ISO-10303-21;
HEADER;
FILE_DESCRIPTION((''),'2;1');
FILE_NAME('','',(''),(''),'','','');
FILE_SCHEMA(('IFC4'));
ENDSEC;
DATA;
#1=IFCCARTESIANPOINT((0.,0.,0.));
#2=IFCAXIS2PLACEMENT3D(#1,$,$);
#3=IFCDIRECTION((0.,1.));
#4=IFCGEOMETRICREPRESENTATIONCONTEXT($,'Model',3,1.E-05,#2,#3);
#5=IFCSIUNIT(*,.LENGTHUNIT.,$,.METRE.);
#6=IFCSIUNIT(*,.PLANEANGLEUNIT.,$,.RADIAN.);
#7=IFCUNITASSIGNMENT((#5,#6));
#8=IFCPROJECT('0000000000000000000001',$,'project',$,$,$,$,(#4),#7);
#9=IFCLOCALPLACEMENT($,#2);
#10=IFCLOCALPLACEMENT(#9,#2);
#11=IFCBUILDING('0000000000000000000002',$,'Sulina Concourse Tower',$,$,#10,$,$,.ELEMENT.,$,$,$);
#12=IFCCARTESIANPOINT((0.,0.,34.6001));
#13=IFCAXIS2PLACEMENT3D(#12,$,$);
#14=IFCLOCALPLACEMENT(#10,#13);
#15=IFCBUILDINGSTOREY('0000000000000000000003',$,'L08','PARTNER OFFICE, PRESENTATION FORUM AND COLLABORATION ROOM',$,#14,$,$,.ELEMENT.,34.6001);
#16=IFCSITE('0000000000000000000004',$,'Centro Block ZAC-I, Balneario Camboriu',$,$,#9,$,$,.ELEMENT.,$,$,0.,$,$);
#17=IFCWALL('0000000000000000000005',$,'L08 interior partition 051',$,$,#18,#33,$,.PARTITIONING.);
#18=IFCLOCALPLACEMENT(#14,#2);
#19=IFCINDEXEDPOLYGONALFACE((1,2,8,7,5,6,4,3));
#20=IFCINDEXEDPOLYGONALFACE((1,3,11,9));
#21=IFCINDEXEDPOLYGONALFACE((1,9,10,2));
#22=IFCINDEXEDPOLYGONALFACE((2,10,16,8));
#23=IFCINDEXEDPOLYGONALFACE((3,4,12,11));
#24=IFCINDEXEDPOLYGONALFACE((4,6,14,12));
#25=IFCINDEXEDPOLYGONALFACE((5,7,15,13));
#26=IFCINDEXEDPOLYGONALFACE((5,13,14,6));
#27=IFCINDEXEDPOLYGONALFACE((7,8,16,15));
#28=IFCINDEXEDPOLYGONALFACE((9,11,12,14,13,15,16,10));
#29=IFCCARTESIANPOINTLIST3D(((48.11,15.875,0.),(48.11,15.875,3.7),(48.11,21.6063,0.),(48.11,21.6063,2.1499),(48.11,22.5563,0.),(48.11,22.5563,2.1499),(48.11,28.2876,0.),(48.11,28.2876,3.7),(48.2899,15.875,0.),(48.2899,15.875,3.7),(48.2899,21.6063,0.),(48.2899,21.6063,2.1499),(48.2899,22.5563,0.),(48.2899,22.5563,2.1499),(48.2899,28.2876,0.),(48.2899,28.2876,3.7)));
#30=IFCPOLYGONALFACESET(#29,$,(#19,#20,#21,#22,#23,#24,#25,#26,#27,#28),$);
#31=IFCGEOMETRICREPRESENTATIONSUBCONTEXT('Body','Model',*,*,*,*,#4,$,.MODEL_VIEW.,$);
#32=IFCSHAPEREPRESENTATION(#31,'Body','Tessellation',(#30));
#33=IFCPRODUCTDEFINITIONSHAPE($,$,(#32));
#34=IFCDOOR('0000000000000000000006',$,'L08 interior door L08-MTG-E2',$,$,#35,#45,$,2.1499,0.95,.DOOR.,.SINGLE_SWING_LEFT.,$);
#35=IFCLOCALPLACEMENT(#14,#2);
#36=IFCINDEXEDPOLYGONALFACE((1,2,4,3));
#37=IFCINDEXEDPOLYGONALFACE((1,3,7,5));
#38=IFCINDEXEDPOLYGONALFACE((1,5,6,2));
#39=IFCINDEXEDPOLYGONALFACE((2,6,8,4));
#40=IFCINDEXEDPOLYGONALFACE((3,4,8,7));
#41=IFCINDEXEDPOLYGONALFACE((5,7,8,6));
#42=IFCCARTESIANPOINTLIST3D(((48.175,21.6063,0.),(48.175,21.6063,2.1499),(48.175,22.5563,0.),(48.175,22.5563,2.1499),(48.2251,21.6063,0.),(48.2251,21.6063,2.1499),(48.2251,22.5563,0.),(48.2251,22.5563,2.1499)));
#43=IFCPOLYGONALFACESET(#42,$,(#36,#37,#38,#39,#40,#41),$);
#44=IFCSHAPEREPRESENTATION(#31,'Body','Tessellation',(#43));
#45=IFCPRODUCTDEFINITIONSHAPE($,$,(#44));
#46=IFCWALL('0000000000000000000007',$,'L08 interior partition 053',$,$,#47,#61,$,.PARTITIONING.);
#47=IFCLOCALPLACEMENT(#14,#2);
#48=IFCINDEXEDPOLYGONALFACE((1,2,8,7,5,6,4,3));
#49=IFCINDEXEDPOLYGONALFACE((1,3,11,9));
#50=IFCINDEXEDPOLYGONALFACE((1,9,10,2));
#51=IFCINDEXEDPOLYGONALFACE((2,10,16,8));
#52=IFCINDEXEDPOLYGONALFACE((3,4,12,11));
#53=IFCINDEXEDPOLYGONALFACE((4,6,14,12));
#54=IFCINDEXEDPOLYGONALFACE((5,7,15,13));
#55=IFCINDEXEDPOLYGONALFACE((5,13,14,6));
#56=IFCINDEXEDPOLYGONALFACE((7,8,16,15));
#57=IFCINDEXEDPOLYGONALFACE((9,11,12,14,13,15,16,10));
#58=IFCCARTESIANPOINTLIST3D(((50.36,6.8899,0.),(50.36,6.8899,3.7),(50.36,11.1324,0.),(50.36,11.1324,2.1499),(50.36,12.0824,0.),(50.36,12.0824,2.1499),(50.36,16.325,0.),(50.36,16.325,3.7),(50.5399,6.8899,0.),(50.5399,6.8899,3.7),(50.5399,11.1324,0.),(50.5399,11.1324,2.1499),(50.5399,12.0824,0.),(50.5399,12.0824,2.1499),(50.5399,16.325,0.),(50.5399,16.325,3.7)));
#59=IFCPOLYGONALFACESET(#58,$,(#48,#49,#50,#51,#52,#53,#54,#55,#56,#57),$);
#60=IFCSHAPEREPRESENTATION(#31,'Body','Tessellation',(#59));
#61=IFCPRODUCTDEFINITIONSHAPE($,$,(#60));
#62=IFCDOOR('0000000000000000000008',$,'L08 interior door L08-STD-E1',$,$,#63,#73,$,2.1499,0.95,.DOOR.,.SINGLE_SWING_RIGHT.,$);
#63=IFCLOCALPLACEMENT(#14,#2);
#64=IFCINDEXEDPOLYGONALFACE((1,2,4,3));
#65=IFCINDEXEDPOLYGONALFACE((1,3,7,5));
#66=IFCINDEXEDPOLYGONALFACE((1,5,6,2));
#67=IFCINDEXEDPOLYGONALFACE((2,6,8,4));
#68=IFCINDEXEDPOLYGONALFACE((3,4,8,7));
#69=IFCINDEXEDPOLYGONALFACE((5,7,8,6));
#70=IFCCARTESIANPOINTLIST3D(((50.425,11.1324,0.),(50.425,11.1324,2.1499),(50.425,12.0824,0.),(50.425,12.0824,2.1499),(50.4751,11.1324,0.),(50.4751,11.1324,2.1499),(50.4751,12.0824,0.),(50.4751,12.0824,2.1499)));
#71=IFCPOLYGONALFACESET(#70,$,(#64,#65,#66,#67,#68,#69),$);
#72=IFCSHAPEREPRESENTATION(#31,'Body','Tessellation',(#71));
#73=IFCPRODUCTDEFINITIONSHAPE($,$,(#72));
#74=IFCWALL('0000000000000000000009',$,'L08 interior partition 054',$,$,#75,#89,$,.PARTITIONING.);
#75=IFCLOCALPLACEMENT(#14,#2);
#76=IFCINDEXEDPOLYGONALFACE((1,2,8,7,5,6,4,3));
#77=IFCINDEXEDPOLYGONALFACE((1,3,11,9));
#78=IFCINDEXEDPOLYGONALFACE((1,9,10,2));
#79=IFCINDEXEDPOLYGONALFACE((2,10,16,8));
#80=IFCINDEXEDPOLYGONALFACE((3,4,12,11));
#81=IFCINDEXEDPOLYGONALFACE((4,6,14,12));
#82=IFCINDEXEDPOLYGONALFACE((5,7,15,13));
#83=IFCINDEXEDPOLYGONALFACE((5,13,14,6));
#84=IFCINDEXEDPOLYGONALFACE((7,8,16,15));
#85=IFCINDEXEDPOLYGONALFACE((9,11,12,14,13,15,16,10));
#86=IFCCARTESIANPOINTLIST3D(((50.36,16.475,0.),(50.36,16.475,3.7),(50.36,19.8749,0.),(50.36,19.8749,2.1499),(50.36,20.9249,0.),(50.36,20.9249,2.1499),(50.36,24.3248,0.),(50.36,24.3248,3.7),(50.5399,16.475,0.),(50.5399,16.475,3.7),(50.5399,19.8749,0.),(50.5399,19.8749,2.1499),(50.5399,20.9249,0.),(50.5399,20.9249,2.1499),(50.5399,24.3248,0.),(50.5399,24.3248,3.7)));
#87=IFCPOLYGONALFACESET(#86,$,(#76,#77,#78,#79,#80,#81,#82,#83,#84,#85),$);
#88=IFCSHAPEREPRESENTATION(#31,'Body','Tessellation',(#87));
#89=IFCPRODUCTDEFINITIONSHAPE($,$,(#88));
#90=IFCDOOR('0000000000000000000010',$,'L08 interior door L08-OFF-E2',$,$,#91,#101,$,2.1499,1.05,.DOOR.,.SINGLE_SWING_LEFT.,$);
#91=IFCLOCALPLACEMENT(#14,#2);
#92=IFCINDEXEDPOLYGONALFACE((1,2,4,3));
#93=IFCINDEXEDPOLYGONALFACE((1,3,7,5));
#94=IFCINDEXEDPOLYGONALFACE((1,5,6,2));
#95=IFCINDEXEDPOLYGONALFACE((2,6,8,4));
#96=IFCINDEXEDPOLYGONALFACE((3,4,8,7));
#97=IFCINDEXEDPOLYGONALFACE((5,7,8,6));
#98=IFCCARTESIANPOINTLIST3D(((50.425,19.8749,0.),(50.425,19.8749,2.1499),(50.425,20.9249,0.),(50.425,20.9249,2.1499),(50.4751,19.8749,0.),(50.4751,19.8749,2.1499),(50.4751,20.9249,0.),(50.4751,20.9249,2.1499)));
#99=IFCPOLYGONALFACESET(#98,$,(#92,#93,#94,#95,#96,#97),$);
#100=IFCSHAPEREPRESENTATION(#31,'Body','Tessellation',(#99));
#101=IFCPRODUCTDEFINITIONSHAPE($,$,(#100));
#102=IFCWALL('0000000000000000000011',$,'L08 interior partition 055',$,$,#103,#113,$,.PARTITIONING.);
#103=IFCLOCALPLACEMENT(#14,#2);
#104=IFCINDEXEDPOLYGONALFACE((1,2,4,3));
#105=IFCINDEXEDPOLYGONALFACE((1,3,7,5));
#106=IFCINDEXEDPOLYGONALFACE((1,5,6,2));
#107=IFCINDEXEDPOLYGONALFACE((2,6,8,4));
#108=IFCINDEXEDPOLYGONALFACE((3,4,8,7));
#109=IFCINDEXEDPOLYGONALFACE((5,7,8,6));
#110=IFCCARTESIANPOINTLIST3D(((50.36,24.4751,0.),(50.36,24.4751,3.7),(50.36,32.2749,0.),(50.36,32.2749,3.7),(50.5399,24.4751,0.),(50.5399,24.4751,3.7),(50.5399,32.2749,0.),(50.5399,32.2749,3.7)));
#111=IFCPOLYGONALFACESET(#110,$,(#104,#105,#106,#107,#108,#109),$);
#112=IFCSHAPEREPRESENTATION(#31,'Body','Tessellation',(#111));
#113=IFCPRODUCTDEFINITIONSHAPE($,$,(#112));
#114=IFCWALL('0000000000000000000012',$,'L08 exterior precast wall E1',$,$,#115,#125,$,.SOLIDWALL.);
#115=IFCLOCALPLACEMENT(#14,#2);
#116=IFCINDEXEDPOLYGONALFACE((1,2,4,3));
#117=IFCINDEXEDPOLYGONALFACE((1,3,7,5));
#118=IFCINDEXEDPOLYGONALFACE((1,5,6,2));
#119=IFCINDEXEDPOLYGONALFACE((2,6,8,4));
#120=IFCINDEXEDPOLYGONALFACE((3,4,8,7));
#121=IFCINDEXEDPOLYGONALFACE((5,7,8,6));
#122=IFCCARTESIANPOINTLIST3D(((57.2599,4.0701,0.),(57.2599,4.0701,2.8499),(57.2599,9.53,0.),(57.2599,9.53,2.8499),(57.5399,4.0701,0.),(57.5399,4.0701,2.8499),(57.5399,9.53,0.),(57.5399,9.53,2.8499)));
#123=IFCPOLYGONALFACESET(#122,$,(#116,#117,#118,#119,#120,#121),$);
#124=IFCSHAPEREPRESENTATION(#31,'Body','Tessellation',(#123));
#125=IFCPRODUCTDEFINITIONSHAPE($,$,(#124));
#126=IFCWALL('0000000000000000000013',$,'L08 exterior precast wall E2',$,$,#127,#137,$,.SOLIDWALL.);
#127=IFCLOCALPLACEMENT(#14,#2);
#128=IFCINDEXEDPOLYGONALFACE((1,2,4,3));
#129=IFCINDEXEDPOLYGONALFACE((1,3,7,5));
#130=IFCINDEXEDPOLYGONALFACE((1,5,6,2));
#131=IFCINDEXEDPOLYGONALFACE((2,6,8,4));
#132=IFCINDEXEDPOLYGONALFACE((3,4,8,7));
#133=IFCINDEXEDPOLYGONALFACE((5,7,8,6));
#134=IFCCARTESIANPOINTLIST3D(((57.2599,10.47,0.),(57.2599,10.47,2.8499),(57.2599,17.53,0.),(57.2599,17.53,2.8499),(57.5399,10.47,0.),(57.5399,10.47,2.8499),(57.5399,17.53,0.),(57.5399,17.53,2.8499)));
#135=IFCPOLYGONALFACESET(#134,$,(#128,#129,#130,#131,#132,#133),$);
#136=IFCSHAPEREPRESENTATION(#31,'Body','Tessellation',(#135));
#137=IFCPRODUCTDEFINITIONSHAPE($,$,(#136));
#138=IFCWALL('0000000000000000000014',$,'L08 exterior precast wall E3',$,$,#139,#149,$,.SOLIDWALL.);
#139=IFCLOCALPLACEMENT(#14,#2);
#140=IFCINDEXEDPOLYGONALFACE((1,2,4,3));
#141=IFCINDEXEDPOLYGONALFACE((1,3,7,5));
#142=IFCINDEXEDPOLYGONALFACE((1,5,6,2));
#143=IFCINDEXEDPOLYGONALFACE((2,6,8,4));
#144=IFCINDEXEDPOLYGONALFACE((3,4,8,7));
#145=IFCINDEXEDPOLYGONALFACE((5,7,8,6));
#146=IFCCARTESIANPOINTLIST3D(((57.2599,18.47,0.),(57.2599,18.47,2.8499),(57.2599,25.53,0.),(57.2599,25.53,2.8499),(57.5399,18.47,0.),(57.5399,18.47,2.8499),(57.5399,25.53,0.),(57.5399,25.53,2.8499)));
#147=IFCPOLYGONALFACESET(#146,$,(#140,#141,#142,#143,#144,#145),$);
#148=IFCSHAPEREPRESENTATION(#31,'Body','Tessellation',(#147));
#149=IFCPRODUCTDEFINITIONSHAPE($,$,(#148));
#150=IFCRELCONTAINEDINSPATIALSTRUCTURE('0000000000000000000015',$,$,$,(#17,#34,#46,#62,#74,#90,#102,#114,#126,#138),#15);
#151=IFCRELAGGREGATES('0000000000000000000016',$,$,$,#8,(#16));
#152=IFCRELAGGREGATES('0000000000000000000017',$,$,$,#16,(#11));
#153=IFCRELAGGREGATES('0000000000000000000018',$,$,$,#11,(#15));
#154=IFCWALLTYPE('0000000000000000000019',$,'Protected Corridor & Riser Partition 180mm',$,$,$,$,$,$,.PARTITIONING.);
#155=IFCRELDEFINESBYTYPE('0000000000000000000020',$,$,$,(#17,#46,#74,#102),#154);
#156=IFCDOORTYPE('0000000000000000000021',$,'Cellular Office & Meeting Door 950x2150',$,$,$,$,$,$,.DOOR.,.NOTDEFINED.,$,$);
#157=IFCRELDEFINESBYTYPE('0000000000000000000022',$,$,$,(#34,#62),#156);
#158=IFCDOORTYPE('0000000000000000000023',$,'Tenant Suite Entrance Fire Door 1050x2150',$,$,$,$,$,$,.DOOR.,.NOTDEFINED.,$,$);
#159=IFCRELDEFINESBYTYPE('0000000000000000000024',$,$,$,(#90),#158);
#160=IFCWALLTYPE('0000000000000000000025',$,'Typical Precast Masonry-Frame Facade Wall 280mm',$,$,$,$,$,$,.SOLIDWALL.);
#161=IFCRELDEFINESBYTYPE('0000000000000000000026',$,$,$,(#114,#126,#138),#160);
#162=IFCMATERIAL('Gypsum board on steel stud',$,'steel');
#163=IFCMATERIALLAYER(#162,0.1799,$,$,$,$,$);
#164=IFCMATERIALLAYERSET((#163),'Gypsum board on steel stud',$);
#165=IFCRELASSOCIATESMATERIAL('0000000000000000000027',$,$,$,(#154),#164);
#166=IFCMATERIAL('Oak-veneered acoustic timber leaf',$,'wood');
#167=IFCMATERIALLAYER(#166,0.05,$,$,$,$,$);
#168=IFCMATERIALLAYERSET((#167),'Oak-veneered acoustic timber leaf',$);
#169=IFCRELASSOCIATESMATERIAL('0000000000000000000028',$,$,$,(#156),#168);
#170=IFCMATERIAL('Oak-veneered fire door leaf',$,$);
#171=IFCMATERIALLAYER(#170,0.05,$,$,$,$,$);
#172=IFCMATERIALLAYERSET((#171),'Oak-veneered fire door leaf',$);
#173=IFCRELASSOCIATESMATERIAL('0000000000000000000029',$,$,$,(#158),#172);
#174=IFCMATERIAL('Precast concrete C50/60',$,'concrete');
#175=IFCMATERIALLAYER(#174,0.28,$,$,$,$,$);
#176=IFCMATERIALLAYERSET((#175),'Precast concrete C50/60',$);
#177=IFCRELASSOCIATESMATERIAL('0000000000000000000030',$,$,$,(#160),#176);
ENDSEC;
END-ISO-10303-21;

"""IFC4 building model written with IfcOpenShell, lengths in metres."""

from ifc_helpers import new_model, si_unit, direction, frame, frame_2d, origin, place, context, subcontext, project, spatial, rectangle, extrude, material, layer, layer_set, type_object, element, fill, save


model = new_model("IFC4")

# Units and contexts
model_context = context("Model", 3, precision=1e-05, world=origin(), true_north=direction((0.0, 1.0)))
body_context = subcontext(model_context, "Body", "Model", "MODEL_VIEW")
ifc_project = project(units=[si_unit("LENGTHUNIT", "METRE"), si_unit("PLANEANGLEUNIT", "RADIAN")], contexts=[model_context])

# Site, building, storey
site_placement = place(None, origin())
site = spatial("IfcSite", under=ifc_project, at=site_placement, Name="Centro Block ZAC-I, Balneario Camboriu", CompositionType="ELEMENT", RefElevation=0.0)
building_placement = place(site_placement, origin())
building = spatial("IfcBuilding", under=site, at=building_placement, Name="Sulina Concourse Tower", CompositionType="ELEMENT")
storey_placement = place(building_placement, frame((0.0, 0.0, 34.6001)))
storey = spatial("IfcBuildingStorey", under=building, at=storey_placement, Name="L08", Description="PARTNER OFFICE, PRESENTATION FORUM AND COLLABORATION ROOM", CompositionType="ELEMENT", Elevation=34.6001)

# Walls, openings, doors
ifc_material_1 = material(Name="Gypsum board on steel stud", Category="steel")
ifc_layer_1 = layer(ifc_material_1, 0.1799)
ifc_layer_set_1 = layer_set([ifc_layer_1], Name="Gypsum board on steel stud")
wall_type_1 = type_object("IfcWallType", Name="Protected Corridor & Riser Partition 180mm", PredefinedType="PARTITIONING", material=ifc_layer_set_1)
wall_1_placement = place(storey_placement, frame((48.2, 15.875, 0.0), z_axis=(0.0, 0.0, 1.0), x_axis=(0.0, 1.0, 0.0)))
wall_1 = element("IfcWall", 1, at=wall_1_placement, inside=storey, type_object=wall_type_1, Name="L08 interior partition 051", PredefinedType="PARTITIONING", context=body_context, shape_type="SweptSolid", body=[
    extrude(rectangle(XDim=12.4126, YDim=0.1799, at=frame_2d((6.2063, 0.0))), origin(), (0.0, 0.0, 1.0), 3.7),
])
opening_1_placement = place(wall_1_placement, frame((5.7312, 0.0, 0.0)))
opening_1 = element("IfcOpeningElement", 2, at=opening_1_placement, cuts=wall_1, PredefinedType="OPENING", context=body_context, shape_type="SweptSolid", body=[
    extrude(rectangle(XDim=0.95, YDim=2.1499, at=frame_2d((0.4751, 1.075))), frame((0.0, 0.0999, 0.0), z_axis=(0.0, -1.0, 0.0), x_axis=(1.0, 0.0, 0.0)), (0.0, 0.0, 1.0), 0.2),
])
ifc_material_2 = material(Name="Oak-veneered acoustic timber leaf", Category="wood")
ifc_layer_2 = layer(ifc_material_2, 0.05)
ifc_layer_set_2 = layer_set([ifc_layer_2], Name="Oak-veneered acoustic timber leaf")
door_type_1 = type_object("IfcDoorType", Name="Cellular Office & Meeting Door 950x2150", OperationType="NOTDEFINED", PredefinedType="DOOR", material=ifc_layer_set_2)
door_1_placement = place(opening_1_placement, origin())
door_1 = element("IfcDoor", 3, at=door_1_placement, inside=storey, type_object=door_type_1, Name="L08 interior door L08-MTG-E2", OperationType="SINGLE_SWING_LEFT", OverallHeight=2.1499, OverallWidth=0.95, PredefinedType="DOOR", context=body_context, shape_type="SweptSolid", body=[
    extrude(rectangle(XDim=0.95, YDim=2.1499, at=frame_2d((0.4751, 1.075))), frame((0.0, 0.0249, 0.0), z_axis=(0.0, -1.0, 0.0), x_axis=(1.0, 0.0, 0.0)), (0.0, 0.0, 1.0), 0.05),
])
fill(opening_1, door_1)
wall_2_placement = place(storey_placement, frame((50.45, 6.8899, 0.0), z_axis=(0.0, 0.0, 1.0), x_axis=(0.0, 1.0, 0.0)))
wall_2 = element("IfcWall", 4, at=wall_2_placement, inside=storey, type_object=wall_type_1, Name="L08 interior partition 053", PredefinedType="PARTITIONING", context=body_context, shape_type="SweptSolid", body=[
    extrude(rectangle(XDim=9.4351, YDim=0.1799, at=frame_2d((4.7175, 0.0))), origin(), (0.0, 0.0, 1.0), 3.7),
])
opening_2_placement = place(wall_2_placement, frame((4.2424, 0.0, 0.0)))
opening_2 = element("IfcOpeningElement", 5, at=opening_2_placement, cuts=wall_2, PredefinedType="OPENING", context=body_context, shape_type="SweptSolid", body=[
    extrude(rectangle(XDim=0.95, YDim=2.1499, at=frame_2d((0.4751, 1.075))), frame((0.0, 0.0999, 0.0), z_axis=(0.0, -1.0, 0.0), x_axis=(1.0, 0.0, 0.0)), (0.0, 0.0, 1.0), 0.2),
])
door_2_placement = place(opening_2_placement, origin())
door_2 = element("IfcDoor", 6, at=door_2_placement, inside=storey, type_object=door_type_1, Name="L08 interior door L08-STD-E1", OperationType="SINGLE_SWING_RIGHT", OverallHeight=2.1499, OverallWidth=0.95, PredefinedType="DOOR", context=body_context, shape_type="SweptSolid", body=[
    extrude(rectangle(XDim=0.95, YDim=2.1499, at=frame_2d((0.4751, 1.075))), frame((0.0, 0.0249, 0.0), z_axis=(0.0, -1.0, 0.0), x_axis=(1.0, 0.0, 0.0)), (0.0, 0.0, 1.0), 0.05),
])
fill(opening_2, door_2)
wall_3_placement = place(storey_placement, frame((50.45, 16.4751, 0.0), z_axis=(0.0, 0.0, 1.0), x_axis=(0.0, 1.0, 0.0)))
wall_3 = element("IfcWall", 7, at=wall_3_placement, inside=storey, type_object=wall_type_1, Name="L08 interior partition 054", PredefinedType="PARTITIONING", context=body_context, shape_type="SweptSolid", body=[
    extrude(rectangle(XDim=7.8499, YDim=0.1799, at=frame_2d((3.9248, 0.0))), origin(), (0.0, 0.0, 1.0), 3.7),
])
opening_3_placement = place(wall_3_placement, frame((3.3999, 0.0, 0.0)))
opening_3 = element("IfcOpeningElement", 8, at=opening_3_placement, cuts=wall_3, PredefinedType="OPENING", context=body_context, shape_type="SweptSolid", body=[
    extrude(rectangle(XDim=1.05, YDim=2.1499, at=frame_2d((0.5249, 1.075))), frame((0.0, 0.0999, 0.0), z_axis=(0.0, -1.0, 0.0), x_axis=(1.0, 0.0, 0.0)), (0.0, 0.0, 1.0), 0.2),
])
ifc_material_3 = material(Name="Oak-veneered fire door leaf")
ifc_layer_3 = layer(ifc_material_3, 0.05)
ifc_layer_set_3 = layer_set([ifc_layer_3], Name="Oak-veneered fire door leaf")
door_type_2 = type_object("IfcDoorType", Name="Tenant Suite Entrance Fire Door 1050x2150", OperationType="NOTDEFINED", PredefinedType="DOOR", material=ifc_layer_set_3)
door_3_placement = place(opening_3_placement, origin())
door_3 = element("IfcDoor", 9, at=door_3_placement, inside=storey, type_object=door_type_2, Name="L08 interior door L08-OFF-E2", OperationType="SINGLE_SWING_LEFT", OverallHeight=2.1499, OverallWidth=1.05, PredefinedType="DOOR", context=body_context, shape_type="SweptSolid", body=[
    extrude(rectangle(XDim=1.05, YDim=2.1499, at=frame_2d((0.5249, 1.075))), frame((0.0, 0.0249, 0.0), z_axis=(0.0, -1.0, 0.0), x_axis=(1.0, 0.0, 0.0)), (0.0, 0.0, 1.0), 0.05),
])
fill(opening_3, door_3)

# Walls
wall_4_placement = place(storey_placement, frame((50.45, 24.4751, 0.0), z_axis=(0.0, 0.0, 1.0), x_axis=(0.0, 1.0, 0.0)))
element("IfcWall", 10, at=wall_4_placement, inside=storey, type_object=wall_type_1, Name="L08 interior partition 055", PredefinedType="PARTITIONING", context=body_context, shape_type="SweptSolid", body=[
    extrude(rectangle(XDim=7.7998, YDim=0.1799, at=frame_2d((3.8999, 0.0))), origin(), (0.0, 0.0, 1.0), 3.7),
])
ifc_material_4 = material(Name="Precast concrete C50/60", Category="concrete")
ifc_layer_4 = layer(ifc_material_4, 0.28)
ifc_layer_set_4 = layer_set([ifc_layer_4], Name="Precast concrete C50/60")
wall_type_2 = type_object("IfcWallType", Name="Typical Precast Masonry-Frame Facade Wall 280mm", PredefinedType="SOLIDWALL", material=ifc_layer_set_4)
wall_5_placement = place(storey_placement, frame((57.3999, 9.53, 0.0), z_axis=(0.0, 0.0, 1.0), x_axis=(0.0, -1.0, 0.0)))
element("IfcWall", 11, at=wall_5_placement, inside=storey, type_object=wall_type_2, Name="L08 exterior precast wall E1", PredefinedType="SOLIDWALL", context=body_context, shape_type="SweptSolid", body=[
    extrude(rectangle(XDim=5.46, YDim=0.28, at=frame_2d((2.73, 0.0))), origin(), (0.0, 0.0, 1.0), 2.8499),
])
for number, where, z_axis, x_axis, name in (
    (12, (57.3999, 17.53, 0.0), (0.0, 0.0, 1.0), (0.0, -1.0, 0.0), "L08 exterior precast wall E2"),
    (13, (57.3999, 25.53, 0.0), (0.0, 0.0, 1.0), (0.0, -1.0, 0.0), "L08 exterior precast wall E3"),
):
    element("IfcWall", number, at=place(storey_placement, frame(where, z_axis=z_axis, x_axis=x_axis)), inside=storey, type_object=wall_type_2, Name=name, PredefinedType="SOLIDWALL", context=body_context, shape_type="SweptSolid", body=[
        extrude(rectangle(XDim=7.0601, YDim=0.28, at=frame_2d((3.53, 0.0))), origin(), (0.0, 0.0, 1.0), 2.8499),
    ])

save(model, "model.ifc")
